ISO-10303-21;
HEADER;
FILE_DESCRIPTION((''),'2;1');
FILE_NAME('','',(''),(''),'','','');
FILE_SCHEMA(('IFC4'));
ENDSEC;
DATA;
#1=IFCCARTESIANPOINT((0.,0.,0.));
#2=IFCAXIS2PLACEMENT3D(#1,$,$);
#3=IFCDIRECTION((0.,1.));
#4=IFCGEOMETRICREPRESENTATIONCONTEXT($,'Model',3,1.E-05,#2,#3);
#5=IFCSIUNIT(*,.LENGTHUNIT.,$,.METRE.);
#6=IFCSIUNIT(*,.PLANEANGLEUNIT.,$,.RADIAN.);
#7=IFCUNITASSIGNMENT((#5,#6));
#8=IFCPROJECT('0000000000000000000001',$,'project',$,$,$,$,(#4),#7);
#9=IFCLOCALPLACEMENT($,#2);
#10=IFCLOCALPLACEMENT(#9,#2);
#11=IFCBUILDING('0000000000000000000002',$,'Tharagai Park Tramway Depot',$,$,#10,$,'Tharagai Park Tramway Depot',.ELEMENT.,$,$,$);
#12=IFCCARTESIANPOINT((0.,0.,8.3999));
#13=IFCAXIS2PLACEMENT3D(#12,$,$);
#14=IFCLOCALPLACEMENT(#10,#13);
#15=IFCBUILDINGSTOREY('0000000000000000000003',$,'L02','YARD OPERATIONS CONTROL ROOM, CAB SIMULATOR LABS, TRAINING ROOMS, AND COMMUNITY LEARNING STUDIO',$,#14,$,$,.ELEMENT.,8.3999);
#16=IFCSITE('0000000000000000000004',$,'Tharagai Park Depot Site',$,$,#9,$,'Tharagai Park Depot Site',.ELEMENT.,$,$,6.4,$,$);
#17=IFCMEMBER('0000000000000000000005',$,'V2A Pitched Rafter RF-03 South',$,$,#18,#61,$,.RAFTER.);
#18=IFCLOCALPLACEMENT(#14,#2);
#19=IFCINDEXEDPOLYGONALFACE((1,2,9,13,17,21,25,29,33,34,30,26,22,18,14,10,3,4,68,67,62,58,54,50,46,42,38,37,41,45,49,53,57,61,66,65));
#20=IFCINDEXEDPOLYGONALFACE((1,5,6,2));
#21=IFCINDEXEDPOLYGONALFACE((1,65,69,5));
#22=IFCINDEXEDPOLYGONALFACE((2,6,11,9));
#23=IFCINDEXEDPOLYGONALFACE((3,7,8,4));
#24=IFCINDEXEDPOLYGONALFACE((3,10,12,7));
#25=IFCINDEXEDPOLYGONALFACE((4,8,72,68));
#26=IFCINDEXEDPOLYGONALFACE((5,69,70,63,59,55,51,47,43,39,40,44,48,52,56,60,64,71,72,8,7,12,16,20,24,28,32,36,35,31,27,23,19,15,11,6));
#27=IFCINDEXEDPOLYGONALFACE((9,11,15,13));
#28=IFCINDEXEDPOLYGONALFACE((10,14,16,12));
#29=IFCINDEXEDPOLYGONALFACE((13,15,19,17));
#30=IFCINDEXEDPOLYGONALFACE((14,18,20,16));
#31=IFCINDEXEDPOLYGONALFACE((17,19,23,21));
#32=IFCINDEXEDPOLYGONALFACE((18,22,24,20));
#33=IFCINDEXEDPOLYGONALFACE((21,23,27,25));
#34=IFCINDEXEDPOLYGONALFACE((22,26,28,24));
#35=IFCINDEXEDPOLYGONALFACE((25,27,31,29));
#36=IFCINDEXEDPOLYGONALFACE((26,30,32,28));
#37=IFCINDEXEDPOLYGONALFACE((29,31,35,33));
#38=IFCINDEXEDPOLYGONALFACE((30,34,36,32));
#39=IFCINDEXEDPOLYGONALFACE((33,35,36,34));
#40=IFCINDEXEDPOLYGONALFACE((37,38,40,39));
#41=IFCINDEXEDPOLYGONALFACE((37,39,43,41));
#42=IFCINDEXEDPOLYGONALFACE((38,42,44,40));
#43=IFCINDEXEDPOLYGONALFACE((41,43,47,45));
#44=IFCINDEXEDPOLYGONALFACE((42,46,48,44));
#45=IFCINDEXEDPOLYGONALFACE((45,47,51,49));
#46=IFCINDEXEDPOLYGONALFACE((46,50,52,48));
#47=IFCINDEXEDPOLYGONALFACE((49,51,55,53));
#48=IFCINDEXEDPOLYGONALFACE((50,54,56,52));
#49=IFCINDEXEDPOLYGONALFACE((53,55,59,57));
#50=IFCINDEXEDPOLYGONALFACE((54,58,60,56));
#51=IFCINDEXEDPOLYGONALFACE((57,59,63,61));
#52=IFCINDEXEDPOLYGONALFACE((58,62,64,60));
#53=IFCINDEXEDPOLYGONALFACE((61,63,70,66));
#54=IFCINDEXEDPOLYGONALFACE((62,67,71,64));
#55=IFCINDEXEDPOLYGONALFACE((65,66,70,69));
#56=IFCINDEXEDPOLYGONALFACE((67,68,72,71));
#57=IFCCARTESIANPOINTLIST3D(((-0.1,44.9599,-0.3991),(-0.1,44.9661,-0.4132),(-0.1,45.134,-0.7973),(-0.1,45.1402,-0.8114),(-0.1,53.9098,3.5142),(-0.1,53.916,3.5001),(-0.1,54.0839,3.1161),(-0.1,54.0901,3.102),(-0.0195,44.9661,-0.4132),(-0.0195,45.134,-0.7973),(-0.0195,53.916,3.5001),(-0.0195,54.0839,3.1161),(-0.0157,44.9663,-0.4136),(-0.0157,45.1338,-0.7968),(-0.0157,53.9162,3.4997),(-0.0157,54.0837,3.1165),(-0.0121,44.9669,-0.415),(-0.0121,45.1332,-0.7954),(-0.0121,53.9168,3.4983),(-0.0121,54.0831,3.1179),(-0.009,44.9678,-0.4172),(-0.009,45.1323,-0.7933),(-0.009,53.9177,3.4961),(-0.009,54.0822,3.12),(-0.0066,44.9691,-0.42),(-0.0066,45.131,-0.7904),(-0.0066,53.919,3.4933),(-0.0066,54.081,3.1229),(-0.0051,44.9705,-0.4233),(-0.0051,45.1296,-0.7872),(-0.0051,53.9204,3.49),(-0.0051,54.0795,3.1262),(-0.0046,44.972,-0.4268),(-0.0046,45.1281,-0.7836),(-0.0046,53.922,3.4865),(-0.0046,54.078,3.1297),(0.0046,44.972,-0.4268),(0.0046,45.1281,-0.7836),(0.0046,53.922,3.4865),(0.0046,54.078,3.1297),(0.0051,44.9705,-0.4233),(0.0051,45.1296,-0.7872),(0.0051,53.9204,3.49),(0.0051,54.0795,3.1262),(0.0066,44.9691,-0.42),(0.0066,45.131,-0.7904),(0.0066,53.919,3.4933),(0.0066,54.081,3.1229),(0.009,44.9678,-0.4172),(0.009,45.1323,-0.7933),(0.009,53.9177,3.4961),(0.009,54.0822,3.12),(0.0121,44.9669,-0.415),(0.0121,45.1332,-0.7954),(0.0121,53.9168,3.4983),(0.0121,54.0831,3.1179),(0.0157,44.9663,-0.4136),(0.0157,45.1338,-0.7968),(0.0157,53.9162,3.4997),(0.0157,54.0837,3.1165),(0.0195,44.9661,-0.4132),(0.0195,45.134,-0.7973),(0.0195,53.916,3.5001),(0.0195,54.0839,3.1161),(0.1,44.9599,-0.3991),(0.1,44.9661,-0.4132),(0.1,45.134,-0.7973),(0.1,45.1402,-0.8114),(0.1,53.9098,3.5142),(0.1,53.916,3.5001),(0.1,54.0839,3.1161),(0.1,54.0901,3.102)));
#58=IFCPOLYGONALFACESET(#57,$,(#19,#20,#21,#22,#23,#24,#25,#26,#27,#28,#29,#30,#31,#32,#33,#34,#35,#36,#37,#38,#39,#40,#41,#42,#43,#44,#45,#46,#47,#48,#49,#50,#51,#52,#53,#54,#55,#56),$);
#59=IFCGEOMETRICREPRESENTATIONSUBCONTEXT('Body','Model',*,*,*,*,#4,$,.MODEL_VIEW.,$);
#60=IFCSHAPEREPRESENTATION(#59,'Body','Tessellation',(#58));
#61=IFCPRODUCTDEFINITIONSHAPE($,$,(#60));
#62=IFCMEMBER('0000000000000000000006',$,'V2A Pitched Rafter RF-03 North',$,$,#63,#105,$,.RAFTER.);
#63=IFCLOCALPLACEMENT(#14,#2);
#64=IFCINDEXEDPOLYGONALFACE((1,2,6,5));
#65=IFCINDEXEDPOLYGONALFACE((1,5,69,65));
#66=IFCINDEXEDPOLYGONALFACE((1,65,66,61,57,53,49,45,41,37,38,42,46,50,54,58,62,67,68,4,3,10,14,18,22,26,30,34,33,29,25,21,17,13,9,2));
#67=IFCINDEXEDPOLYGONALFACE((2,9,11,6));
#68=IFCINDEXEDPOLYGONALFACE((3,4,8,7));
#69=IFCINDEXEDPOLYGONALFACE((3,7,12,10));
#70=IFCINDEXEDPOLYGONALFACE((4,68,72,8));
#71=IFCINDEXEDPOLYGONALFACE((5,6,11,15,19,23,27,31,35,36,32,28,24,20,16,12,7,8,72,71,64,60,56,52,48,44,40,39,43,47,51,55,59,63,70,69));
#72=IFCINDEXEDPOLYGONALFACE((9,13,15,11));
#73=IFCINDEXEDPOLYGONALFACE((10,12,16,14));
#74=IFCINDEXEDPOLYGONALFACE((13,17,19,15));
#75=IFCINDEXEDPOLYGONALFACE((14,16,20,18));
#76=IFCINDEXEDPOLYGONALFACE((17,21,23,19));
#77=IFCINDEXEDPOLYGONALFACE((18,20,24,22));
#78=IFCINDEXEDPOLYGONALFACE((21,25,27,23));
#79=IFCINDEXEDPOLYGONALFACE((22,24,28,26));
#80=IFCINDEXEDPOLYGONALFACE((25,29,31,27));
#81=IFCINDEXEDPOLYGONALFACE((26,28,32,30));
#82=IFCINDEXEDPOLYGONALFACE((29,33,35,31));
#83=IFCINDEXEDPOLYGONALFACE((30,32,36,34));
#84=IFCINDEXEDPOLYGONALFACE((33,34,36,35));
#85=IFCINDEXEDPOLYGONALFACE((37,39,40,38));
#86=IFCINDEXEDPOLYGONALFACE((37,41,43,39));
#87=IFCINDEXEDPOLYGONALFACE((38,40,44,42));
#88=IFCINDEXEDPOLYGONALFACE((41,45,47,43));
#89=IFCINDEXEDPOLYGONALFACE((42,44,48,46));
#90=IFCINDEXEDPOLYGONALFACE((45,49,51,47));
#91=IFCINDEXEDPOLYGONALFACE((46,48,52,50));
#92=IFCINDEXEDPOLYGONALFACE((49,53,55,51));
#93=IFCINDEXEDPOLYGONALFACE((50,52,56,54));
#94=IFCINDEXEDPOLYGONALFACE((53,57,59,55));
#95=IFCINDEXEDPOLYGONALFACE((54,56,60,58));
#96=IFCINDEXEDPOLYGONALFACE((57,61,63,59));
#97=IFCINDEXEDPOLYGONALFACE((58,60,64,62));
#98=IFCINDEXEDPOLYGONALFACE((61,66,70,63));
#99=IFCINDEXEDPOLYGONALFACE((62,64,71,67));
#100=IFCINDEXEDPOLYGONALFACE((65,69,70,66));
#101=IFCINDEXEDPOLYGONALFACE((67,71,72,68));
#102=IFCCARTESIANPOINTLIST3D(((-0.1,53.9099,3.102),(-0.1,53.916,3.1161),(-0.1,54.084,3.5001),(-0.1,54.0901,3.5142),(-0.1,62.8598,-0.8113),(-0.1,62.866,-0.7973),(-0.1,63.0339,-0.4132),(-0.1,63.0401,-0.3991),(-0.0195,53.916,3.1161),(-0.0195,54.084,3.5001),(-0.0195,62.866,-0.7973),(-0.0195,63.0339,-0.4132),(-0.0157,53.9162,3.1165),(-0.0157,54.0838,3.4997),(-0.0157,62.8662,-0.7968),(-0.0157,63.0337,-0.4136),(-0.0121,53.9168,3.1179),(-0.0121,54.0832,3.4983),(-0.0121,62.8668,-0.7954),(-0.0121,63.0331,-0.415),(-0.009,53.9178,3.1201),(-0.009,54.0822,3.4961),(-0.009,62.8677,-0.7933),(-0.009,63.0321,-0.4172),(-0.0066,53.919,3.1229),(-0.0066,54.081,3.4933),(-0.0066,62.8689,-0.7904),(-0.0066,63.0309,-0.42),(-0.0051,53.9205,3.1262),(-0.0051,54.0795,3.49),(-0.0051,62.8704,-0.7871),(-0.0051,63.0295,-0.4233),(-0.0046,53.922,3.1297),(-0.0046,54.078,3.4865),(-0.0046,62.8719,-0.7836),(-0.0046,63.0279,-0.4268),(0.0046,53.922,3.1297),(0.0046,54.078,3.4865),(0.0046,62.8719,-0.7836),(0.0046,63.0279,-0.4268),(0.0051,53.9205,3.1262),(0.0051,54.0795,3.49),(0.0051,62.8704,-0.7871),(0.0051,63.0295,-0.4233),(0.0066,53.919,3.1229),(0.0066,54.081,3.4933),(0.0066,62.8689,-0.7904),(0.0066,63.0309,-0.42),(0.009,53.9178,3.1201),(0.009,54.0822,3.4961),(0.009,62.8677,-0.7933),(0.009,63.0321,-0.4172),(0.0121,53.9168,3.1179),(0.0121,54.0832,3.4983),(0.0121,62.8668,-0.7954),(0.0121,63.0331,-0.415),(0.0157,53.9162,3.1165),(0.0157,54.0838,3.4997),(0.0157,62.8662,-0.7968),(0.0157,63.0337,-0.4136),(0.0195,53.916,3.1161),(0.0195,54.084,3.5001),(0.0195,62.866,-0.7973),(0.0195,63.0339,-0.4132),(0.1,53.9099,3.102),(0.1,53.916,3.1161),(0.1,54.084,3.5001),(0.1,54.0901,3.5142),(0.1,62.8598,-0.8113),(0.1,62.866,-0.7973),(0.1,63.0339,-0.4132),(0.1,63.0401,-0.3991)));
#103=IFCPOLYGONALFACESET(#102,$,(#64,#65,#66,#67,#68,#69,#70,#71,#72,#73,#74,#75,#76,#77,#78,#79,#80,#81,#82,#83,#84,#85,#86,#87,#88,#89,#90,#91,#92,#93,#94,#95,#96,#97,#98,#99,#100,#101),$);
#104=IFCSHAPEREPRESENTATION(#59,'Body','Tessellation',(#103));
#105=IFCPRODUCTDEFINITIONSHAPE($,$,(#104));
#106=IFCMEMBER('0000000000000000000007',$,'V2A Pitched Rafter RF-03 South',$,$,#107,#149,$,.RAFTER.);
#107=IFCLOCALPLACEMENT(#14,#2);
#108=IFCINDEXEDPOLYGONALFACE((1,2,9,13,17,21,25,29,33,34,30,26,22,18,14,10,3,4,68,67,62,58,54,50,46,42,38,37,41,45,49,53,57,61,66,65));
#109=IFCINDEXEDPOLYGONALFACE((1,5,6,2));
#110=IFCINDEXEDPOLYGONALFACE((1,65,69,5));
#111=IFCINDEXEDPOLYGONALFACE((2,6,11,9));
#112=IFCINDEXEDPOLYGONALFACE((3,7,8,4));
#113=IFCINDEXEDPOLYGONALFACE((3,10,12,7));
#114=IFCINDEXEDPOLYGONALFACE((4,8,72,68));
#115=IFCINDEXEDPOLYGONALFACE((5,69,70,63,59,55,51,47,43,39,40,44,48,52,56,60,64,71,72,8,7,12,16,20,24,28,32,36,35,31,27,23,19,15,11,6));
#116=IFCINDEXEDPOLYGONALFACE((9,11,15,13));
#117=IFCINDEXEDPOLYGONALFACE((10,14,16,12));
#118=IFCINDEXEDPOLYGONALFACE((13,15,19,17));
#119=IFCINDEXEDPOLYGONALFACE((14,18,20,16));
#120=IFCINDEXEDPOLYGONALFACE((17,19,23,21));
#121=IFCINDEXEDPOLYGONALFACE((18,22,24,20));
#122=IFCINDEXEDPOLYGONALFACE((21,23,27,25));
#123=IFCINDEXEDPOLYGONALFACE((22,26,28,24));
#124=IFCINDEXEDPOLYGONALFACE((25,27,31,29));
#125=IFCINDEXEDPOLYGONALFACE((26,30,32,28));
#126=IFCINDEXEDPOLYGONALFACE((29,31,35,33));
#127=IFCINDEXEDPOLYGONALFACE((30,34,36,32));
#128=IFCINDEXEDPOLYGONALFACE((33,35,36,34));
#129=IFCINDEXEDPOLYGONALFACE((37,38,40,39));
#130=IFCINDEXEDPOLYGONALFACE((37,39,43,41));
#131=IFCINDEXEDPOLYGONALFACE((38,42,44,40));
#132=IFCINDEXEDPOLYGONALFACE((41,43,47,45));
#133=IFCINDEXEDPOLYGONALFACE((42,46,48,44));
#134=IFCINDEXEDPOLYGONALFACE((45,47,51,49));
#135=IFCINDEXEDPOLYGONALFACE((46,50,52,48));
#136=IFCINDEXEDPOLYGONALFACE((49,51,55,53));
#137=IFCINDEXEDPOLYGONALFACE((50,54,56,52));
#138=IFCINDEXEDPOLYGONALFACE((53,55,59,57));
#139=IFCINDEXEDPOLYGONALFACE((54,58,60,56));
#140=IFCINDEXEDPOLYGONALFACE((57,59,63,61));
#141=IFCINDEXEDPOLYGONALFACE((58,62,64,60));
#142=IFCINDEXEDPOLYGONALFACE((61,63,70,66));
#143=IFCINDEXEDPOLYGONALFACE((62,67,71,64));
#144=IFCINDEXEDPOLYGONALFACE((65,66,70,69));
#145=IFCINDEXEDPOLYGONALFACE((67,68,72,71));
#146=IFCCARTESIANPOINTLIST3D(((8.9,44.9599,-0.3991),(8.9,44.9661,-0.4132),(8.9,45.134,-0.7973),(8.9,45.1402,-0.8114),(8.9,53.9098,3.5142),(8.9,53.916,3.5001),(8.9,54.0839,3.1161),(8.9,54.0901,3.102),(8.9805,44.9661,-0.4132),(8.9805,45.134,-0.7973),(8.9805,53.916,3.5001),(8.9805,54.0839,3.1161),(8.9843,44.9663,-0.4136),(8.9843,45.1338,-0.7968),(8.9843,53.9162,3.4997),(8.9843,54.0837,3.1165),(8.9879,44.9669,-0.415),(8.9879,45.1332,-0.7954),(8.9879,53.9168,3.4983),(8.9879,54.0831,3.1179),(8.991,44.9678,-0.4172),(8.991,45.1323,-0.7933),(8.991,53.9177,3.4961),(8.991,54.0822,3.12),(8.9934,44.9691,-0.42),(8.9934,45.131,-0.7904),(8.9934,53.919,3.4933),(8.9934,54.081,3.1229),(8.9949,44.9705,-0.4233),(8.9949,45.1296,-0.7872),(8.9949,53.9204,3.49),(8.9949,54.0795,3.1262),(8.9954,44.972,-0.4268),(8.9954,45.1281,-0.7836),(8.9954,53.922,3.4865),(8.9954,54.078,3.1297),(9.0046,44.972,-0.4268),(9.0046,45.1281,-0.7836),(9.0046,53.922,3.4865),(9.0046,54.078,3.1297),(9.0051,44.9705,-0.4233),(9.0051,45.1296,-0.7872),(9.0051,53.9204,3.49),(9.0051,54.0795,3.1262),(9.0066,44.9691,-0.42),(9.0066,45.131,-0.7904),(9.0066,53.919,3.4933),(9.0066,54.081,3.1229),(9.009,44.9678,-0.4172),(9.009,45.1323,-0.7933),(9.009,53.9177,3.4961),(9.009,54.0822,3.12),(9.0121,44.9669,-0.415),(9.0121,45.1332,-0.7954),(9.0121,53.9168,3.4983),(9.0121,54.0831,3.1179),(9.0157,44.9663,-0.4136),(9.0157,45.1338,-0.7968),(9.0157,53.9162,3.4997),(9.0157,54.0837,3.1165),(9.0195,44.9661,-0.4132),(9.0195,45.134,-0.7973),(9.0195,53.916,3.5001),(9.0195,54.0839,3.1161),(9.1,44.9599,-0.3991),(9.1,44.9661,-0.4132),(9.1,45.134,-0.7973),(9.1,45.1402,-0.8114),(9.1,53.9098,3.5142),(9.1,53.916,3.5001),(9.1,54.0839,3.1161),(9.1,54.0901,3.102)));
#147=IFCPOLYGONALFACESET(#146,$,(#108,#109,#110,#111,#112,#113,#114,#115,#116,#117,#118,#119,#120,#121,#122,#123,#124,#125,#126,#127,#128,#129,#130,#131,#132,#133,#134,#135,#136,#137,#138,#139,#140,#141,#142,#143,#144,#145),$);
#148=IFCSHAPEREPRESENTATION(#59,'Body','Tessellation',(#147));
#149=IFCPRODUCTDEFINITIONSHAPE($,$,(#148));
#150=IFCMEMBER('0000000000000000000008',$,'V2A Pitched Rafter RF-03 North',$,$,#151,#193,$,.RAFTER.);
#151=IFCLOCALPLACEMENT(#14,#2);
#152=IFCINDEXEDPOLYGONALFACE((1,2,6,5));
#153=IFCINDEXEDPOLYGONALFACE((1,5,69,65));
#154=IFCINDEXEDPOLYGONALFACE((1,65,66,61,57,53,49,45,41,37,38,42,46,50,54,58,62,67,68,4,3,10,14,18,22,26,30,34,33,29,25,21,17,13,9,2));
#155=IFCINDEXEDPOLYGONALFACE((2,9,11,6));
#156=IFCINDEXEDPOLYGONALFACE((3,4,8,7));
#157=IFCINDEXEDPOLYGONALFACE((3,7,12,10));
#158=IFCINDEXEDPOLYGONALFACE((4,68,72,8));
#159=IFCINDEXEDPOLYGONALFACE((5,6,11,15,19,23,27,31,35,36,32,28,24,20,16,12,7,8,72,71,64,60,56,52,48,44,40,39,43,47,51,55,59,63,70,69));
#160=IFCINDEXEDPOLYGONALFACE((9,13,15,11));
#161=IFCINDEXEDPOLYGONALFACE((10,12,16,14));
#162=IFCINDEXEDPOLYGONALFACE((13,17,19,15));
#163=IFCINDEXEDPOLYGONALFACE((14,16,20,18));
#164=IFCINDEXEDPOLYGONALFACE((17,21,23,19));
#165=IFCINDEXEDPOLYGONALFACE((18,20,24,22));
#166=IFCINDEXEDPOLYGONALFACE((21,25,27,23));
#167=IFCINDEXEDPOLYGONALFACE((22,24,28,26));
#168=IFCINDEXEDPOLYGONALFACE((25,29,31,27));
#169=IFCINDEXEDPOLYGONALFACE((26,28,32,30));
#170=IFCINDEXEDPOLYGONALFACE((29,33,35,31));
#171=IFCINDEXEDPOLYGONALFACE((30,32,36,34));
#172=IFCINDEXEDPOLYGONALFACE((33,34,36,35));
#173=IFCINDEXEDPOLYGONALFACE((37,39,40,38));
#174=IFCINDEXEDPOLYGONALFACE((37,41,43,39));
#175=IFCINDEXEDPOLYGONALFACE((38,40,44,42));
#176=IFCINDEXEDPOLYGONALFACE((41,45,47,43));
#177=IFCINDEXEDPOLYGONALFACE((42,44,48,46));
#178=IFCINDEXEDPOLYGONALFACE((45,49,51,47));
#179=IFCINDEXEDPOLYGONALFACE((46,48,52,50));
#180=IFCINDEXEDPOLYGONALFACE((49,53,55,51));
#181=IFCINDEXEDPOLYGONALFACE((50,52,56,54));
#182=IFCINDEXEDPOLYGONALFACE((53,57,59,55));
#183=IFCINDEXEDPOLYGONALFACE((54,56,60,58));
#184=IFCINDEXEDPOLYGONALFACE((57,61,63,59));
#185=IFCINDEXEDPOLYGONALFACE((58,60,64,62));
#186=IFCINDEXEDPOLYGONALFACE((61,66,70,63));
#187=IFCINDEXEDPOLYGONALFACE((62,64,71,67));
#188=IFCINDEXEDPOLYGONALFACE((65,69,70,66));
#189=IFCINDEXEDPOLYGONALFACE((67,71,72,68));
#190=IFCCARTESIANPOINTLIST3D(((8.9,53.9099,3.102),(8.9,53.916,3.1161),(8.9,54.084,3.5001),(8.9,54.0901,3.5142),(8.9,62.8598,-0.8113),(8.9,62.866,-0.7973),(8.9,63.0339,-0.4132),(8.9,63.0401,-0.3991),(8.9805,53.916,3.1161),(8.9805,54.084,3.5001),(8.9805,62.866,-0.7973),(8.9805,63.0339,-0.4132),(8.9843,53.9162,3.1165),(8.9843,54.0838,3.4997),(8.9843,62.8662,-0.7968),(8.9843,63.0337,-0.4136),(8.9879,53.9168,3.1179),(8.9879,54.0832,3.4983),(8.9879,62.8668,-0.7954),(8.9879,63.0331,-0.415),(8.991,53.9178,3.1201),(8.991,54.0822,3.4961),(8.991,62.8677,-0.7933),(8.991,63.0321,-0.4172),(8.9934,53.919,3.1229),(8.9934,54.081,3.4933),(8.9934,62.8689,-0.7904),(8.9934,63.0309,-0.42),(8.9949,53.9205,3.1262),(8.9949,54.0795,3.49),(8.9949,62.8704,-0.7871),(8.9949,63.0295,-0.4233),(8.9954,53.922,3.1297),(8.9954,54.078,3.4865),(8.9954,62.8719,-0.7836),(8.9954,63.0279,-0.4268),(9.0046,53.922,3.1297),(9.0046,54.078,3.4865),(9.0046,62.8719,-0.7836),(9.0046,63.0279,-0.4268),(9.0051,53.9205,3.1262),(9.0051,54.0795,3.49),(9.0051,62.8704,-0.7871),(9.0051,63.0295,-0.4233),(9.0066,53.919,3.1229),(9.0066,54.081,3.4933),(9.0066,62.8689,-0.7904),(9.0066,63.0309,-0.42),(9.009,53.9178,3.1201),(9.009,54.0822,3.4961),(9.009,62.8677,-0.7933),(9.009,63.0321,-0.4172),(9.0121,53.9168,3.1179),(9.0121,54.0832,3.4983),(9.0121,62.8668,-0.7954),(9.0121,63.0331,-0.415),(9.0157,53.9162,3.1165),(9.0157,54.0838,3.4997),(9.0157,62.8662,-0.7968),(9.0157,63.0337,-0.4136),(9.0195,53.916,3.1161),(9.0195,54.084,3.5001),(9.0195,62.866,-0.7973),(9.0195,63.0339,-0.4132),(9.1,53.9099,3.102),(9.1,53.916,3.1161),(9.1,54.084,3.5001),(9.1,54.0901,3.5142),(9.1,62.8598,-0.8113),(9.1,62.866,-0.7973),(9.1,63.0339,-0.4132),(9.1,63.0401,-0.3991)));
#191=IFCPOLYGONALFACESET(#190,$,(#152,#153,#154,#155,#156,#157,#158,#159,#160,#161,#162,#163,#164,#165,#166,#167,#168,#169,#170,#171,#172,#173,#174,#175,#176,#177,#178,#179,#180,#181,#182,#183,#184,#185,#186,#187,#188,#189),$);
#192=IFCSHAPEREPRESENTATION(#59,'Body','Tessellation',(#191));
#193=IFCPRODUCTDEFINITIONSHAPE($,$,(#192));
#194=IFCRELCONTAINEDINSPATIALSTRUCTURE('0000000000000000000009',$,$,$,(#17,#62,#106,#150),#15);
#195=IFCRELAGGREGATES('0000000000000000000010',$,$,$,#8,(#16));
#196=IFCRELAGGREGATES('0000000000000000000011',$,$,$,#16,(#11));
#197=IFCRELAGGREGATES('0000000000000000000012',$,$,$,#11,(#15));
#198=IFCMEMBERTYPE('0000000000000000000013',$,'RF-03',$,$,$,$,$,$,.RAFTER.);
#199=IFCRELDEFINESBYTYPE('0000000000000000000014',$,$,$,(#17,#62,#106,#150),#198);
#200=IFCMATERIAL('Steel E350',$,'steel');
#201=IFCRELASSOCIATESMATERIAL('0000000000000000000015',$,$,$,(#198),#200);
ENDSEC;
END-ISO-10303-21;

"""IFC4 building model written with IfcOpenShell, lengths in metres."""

from ifc_helpers import new_model, si_unit, direction, frame, origin, origin_2d, place, context, subcontext, project, spatial, i_section, extrude, material, material_profile, profile_set, type_object, element, save


model = new_model("IFC4")

# Units and contexts
model_context = context("Model", 3, precision=1e-05, world=origin(), true_north=direction((0.0, 1.0)))
body_context = subcontext(model_context, "Body", "Model", "MODEL_VIEW")
ifc_project = project(units=[si_unit("LENGTHUNIT", "METRE"), si_unit("PLANEANGLEUNIT", "RADIAN")], contexts=[model_context])

# Site, building, storey
site_placement = place(None, origin())
site = spatial("IfcSite", under=ifc_project, at=site_placement, Name="Tharagai Park Depot Site", LongName="Tharagai Park Depot Site", CompositionType="ELEMENT", RefElevation=6.4)
building_placement = place(site_placement, origin())
building = spatial("IfcBuilding", under=site, at=building_placement, Name="Tharagai Park Tramway Depot", LongName="Tharagai Park Tramway Depot", CompositionType="ELEMENT")
storey_placement = place(building_placement, frame((0.0, 0.0, 8.3999)))
storey = spatial("IfcBuildingStorey", under=building, at=storey_placement, Name="L02", Description="YARD OPERATIONS CONTROL ROOM, CAB SIMULATOR LABS, TRAINING ROOMS, AND COMMUNITY LEARNING STUDIO", CompositionType="ELEMENT", Elevation=8.3999)

# Shared definitions
ifc_material_1 = material(Name="Steel E350", Category="steel")

# Members
ifc_material_profile_1 = material_profile(ifc_material_1, i_section(OverallWidth=0.2, OverallDepth=0.45, WebThickness=0.0093, FlangeThickness=0.0154, FilletRadius=0.0149, at=origin_2d()), Name="ISWB 450")
ifc_profile_set_1 = profile_set([ifc_material_profile_1], Name="Steel E350")
member_type_1 = type_object("IfcMemberType", Name="RF-03", PredefinedType="RAFTER", material=ifc_profile_set_1)
for number, where, z_axis, x_axis, name in (
    (1, (0.0, 45.05, -0.6052), (0.0, 0.916243, 0.400623), (-1.0, 0.0, 0.0), "V2A Pitched Rafter RF-03 South"),
    (2, (0.0, 54.0, 3.3081), (0.0, 0.916243, -0.400623), (-1.0, 0.0, 0.0), "V2A Pitched Rafter RF-03 North"),
    (3, (9.0, 45.05, -0.6052), (0.0, 0.916243, 0.400623), (-1.0, 0.0, 0.0), "V2A Pitched Rafter RF-03 South"),
    (4, (9.0, 54.0, 3.3081), (0.0, 0.916243, -0.400623), (-1.0, 0.0, 0.0), "V2A Pitched Rafter RF-03 North"),
):
    element("IfcMember", number, at=place(storey_placement, frame(where, z_axis=z_axis, x_axis=x_axis)), inside=storey, type_object=member_type_1, Name=name, PredefinedType="RAFTER", context=body_context, shape_type="SweptSolid", body=[
        extrude(i_section(OverallWidth=0.2, OverallDepth=0.45, WebThickness=0.0093, FlangeThickness=0.0154, FilletRadius=0.0149, at=origin_2d()), origin(), (0.0, 0.0, 1.0), 9.7681),
    ])

save(model, "model.ifc")
